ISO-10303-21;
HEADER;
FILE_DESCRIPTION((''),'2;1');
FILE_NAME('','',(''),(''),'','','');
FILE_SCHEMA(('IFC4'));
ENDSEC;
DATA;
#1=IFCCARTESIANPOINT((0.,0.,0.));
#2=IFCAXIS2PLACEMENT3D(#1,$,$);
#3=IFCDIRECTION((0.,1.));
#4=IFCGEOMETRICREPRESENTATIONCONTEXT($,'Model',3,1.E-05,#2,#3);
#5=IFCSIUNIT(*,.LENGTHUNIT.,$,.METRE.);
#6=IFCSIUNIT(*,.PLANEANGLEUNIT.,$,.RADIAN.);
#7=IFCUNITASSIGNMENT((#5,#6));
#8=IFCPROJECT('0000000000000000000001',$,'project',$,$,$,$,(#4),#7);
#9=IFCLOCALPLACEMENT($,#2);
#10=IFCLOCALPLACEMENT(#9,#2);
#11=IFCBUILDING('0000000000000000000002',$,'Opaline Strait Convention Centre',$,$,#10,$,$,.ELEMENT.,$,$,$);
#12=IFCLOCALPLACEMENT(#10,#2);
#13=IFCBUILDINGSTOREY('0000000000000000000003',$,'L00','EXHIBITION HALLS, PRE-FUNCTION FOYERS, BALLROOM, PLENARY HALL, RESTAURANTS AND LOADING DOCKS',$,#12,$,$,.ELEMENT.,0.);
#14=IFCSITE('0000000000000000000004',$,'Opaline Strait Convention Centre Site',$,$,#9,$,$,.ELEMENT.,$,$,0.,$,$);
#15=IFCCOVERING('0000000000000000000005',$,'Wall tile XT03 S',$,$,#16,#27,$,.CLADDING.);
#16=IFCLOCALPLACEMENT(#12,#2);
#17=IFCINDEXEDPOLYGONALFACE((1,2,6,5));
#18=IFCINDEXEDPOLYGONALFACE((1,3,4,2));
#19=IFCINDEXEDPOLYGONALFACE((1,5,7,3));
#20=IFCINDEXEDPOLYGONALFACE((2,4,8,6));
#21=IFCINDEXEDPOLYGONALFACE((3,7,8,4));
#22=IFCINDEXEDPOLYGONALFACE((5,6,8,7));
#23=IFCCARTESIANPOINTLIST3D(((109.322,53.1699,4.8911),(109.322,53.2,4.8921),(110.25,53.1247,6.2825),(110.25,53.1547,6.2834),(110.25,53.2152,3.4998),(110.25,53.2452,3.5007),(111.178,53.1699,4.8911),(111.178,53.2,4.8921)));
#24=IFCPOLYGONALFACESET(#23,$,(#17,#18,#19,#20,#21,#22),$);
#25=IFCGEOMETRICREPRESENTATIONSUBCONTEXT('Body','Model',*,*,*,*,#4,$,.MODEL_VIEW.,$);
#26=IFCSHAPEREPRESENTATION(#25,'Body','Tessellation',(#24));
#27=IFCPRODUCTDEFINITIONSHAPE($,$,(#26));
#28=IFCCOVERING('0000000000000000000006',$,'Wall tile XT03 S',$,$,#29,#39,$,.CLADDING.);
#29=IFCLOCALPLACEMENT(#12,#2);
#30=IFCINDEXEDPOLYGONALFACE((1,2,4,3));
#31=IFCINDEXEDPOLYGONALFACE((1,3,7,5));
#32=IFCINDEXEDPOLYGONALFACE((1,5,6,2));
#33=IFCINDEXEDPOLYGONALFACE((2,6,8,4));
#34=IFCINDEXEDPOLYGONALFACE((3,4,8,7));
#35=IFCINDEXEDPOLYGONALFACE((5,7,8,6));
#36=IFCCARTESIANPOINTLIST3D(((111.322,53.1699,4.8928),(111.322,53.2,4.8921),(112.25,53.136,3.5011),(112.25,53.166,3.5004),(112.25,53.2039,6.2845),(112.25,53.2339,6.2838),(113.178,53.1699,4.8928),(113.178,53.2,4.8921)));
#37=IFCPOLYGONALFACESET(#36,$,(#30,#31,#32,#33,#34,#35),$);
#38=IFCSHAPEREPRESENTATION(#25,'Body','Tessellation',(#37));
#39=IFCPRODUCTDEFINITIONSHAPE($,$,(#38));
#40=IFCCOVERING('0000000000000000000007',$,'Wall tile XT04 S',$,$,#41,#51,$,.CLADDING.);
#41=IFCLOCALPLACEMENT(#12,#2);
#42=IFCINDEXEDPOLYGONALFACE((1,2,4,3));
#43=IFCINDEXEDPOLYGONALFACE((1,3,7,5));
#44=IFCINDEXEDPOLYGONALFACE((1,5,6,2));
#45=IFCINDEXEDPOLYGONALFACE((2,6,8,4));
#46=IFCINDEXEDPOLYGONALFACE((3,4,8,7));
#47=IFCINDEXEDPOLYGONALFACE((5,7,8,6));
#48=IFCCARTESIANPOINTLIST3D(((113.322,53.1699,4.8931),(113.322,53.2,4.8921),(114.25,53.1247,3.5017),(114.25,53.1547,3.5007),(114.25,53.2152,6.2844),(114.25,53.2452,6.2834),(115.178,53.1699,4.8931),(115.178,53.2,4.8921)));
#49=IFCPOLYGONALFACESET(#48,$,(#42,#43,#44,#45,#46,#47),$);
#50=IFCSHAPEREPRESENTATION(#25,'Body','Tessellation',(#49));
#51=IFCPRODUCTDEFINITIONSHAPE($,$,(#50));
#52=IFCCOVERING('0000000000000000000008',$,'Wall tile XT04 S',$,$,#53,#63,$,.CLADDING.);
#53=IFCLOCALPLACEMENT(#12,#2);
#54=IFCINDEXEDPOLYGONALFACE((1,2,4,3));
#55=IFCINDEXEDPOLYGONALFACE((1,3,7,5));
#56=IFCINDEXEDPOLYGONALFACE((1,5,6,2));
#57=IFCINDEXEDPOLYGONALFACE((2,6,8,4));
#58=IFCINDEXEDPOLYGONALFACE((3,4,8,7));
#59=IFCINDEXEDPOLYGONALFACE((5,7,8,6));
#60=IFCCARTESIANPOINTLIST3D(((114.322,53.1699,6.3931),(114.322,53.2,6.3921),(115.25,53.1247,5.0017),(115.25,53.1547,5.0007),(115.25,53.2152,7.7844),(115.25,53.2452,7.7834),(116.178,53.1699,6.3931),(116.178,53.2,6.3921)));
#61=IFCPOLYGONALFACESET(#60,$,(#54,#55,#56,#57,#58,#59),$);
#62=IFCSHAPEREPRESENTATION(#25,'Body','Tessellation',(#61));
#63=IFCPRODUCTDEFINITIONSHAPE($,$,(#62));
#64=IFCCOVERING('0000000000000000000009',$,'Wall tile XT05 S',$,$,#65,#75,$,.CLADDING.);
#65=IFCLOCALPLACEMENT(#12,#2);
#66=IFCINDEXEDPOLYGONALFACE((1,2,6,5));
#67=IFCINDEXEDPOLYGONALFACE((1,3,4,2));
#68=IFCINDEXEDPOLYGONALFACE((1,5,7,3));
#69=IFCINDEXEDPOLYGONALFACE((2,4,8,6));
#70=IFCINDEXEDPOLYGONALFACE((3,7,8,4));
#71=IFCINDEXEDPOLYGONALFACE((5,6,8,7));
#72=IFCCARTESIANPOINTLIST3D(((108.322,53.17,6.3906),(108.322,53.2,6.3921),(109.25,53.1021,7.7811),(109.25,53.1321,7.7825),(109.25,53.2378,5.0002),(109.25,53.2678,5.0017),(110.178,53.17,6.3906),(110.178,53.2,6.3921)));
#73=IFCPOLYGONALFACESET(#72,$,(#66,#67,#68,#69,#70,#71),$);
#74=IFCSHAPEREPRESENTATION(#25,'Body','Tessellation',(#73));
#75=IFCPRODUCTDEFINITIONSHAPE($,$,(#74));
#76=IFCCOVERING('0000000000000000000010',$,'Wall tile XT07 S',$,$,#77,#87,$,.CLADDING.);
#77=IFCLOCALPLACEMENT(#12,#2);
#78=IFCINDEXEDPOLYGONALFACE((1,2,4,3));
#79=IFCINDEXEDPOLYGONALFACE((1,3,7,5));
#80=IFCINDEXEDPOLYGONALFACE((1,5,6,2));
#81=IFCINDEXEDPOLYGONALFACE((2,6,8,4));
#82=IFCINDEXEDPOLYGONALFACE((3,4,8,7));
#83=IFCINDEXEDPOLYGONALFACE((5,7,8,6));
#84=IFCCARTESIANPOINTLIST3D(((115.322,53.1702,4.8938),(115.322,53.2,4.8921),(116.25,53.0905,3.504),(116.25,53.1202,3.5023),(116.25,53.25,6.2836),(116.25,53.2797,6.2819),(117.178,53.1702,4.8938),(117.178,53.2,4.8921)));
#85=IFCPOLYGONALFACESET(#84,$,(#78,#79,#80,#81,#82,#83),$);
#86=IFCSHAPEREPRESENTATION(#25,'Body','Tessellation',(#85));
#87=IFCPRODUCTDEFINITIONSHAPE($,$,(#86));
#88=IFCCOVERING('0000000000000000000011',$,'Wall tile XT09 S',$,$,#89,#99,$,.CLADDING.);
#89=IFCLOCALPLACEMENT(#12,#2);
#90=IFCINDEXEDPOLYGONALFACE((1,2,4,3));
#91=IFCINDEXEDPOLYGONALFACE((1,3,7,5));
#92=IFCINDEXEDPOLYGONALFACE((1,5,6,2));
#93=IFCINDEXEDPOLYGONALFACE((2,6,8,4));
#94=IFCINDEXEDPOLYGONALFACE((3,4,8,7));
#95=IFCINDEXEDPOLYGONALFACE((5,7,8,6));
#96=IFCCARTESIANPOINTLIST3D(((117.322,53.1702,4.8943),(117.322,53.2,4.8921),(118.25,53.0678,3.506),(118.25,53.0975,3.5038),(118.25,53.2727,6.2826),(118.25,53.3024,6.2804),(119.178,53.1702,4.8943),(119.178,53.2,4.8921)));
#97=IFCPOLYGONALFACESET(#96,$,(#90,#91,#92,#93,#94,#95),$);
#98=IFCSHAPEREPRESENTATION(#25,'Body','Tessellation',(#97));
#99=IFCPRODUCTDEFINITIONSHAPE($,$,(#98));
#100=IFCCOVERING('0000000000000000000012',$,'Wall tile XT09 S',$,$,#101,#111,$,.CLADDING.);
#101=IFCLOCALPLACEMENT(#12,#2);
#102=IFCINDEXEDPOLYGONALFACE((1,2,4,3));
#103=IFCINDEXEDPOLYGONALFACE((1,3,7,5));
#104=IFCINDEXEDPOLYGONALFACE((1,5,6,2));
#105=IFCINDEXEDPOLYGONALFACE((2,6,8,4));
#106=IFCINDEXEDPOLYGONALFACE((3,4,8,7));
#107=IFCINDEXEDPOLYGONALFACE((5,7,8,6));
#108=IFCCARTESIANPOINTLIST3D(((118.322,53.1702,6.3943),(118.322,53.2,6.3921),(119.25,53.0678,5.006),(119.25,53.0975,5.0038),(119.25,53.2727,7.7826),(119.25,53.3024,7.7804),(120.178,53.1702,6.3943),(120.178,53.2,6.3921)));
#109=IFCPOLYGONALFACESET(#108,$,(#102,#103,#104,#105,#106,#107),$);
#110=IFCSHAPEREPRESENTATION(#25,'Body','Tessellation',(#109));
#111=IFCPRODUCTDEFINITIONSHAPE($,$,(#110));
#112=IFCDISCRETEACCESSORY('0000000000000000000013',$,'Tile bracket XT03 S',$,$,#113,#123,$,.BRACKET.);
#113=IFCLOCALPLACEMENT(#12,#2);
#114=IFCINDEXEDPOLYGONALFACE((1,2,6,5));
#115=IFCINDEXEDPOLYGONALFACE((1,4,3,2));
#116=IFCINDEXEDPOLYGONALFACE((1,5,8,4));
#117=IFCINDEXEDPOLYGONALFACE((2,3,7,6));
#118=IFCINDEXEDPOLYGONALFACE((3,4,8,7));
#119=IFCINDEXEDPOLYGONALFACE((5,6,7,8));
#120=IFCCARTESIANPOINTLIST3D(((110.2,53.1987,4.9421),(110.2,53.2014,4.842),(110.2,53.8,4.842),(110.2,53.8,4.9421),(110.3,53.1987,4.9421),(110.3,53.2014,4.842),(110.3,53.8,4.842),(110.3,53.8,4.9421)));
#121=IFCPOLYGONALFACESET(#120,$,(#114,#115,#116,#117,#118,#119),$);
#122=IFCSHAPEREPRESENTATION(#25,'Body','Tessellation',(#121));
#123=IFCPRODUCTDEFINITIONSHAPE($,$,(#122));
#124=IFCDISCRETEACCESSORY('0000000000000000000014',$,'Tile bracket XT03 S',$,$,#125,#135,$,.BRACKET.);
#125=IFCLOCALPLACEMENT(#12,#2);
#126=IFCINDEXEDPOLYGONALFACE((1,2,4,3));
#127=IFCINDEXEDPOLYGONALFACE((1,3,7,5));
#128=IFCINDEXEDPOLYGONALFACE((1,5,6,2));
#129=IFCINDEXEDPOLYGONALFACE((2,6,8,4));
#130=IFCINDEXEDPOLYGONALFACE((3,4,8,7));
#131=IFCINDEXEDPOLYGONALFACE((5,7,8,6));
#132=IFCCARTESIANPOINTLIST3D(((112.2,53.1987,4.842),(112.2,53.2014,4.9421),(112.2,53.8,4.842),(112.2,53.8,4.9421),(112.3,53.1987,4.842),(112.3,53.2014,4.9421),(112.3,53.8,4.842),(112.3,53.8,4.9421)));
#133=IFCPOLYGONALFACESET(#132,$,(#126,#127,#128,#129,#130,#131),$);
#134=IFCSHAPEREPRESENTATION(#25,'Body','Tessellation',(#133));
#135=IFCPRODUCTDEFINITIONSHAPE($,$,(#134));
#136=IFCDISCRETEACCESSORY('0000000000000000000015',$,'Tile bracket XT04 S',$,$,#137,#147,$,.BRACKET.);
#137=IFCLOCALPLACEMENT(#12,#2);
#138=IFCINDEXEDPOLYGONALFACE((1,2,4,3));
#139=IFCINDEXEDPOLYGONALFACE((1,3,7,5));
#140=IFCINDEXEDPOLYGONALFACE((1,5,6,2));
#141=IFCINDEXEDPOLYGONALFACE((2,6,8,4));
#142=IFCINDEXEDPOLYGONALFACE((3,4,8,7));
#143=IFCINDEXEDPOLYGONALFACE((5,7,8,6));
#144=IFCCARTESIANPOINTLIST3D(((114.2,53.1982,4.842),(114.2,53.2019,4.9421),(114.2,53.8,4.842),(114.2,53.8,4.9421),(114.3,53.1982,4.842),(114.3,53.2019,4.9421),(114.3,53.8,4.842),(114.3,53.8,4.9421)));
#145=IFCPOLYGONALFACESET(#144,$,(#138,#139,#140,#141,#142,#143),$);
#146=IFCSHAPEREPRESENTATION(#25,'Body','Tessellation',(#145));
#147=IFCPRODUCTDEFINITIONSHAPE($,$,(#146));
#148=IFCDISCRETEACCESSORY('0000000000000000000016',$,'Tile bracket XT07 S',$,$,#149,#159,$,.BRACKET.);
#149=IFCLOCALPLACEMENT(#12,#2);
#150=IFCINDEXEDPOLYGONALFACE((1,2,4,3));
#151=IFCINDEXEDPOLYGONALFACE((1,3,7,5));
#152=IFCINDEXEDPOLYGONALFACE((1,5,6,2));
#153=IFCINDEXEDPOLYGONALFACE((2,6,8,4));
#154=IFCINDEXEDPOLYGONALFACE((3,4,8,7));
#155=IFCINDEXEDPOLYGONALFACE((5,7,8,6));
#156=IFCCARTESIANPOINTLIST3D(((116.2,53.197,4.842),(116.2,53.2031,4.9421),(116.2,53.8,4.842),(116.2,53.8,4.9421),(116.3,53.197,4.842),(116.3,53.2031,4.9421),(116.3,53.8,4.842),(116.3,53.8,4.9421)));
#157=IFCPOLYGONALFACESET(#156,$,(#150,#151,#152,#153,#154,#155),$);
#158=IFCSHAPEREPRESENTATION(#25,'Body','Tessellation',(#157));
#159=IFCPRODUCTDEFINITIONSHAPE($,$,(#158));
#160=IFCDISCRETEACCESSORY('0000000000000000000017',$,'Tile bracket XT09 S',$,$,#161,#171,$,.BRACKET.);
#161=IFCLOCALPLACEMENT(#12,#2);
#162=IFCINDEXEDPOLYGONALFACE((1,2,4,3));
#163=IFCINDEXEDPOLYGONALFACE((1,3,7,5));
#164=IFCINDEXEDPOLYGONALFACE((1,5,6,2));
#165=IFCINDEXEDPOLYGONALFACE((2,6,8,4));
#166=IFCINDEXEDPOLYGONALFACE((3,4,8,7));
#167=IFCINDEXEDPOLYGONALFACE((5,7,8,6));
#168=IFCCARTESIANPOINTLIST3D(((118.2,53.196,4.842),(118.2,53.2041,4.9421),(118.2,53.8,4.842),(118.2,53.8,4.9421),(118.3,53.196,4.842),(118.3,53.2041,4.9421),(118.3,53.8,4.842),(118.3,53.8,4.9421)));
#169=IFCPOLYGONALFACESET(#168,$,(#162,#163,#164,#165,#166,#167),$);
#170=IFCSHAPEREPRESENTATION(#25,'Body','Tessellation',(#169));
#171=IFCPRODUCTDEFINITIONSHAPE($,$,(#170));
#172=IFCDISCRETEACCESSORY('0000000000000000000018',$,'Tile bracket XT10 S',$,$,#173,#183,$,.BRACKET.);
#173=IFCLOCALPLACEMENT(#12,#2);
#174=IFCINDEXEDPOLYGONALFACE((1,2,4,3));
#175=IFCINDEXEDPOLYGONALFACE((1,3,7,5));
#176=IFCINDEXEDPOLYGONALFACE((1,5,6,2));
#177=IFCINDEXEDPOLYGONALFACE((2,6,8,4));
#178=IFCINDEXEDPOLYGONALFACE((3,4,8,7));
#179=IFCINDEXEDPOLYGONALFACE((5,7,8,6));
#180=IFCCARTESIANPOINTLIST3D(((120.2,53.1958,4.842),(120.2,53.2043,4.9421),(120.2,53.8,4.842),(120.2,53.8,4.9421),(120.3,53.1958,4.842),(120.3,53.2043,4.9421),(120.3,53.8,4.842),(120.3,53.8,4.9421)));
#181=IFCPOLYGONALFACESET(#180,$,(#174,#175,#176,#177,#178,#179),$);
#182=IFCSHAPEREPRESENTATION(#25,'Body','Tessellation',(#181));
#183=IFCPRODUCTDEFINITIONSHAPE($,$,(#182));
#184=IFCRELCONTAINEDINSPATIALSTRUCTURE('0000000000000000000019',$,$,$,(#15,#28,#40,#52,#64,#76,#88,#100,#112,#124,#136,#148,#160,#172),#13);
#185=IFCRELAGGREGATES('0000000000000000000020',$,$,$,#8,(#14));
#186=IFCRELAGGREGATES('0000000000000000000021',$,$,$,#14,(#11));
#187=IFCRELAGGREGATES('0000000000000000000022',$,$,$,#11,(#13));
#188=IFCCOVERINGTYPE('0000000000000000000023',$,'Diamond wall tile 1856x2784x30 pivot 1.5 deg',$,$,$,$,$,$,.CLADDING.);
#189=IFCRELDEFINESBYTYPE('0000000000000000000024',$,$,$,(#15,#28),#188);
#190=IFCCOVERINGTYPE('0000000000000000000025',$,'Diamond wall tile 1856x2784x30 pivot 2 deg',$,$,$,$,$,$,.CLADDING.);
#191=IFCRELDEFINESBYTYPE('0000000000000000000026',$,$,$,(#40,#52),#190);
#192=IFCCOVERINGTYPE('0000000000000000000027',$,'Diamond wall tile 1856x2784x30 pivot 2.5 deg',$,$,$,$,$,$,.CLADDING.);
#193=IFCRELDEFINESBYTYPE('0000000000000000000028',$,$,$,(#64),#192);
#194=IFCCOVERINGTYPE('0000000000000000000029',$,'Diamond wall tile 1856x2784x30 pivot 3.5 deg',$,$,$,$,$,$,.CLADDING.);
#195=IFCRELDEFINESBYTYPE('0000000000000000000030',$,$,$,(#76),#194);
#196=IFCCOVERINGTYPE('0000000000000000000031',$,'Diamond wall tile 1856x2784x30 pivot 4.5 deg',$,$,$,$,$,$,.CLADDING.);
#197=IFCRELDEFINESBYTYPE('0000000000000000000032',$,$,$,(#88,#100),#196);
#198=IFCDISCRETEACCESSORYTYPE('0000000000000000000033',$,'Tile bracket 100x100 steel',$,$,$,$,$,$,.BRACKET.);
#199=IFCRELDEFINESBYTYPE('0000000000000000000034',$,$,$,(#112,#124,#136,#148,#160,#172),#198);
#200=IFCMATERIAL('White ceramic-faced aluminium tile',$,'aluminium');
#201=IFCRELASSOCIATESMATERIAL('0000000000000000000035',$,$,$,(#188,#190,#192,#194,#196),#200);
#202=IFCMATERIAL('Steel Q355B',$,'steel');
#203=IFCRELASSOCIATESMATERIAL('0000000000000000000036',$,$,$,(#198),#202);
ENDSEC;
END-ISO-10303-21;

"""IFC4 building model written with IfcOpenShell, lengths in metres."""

from ifc_helpers import new_model, si_unit, direction, frame, origin, place, context, subcontext, project, spatial, polyline, outline, extrude, material, material_profile, profile_set, type_object, element, save


model = new_model("IFC4")

# Units and contexts
model_context = context("Model", 3, precision=1e-05, world=origin(), true_north=direction((0.0, 1.0)))
body_context = subcontext(model_context, "Body", "Model", "MODEL_VIEW")
ifc_project = project(units=[si_unit("LENGTHUNIT", "METRE"), si_unit("PLANEANGLEUNIT", "RADIAN")], contexts=[model_context])

# Site, building, storey
site_placement = place(None, origin())
site = spatial("IfcSite", under=ifc_project, at=site_placement, Name="Opaline Strait Convention Centre Site", CompositionType="ELEMENT", RefElevation=0.0)
building_placement = place(site_placement, origin())
building = spatial("IfcBuilding", under=site, at=building_placement, Name="Opaline Strait Convention Centre", CompositionType="ELEMENT")
storey_placement = place(building_placement, origin())
storey = spatial("IfcBuildingStorey", under=building, at=storey_placement, Name="L00", Description="EXHIBITION HALLS, PRE-FUNCTION FOYERS, BALLROOM, PLENARY HALL, RESTAURANTS AND LOADING DOCKS", CompositionType="ELEMENT", Elevation=0.0)

# Shared definitions
ifc_material_1 = material(Name="Steel Q355B", Category="steel")

# Coverings
ifc_material_2 = material(Name="White ceramic-faced aluminium tile", Category="aluminium")
ifc_material_profile_1 = material_profile(ifc_material_2, outline(polyline([(0.928, 0.0), (0.0, 1.3921), (-0.928, 0.0), (0.0, -1.3921), (0.928, 0.0)])), Name="Diamond tile 1856x2784")
ifc_profile_set_1 = profile_set([ifc_material_profile_1], Name="White ceramic-faced aluminium tile")
covering_type_1 = type_object("IfcCoveringType", Name="Diamond wall tile 1856x2784x30 pivot 1.5 deg", PredefinedType="CLADDING", material=ifc_profile_set_1)
for number, where, z_axis, x_axis, name in (
    (1, (110.25, 53.2, 4.8921), (0.0, -0.999472, -0.032503), (1.0, 0.0, 0.0), "Wall tile XT03 S"),
    (2, (112.25, 53.2, 4.8921), (0.0, -0.999703, 0.024383), (1.0, 0.0, 0.0), "Wall tile XT03 S"),
):
    element("IfcCovering", number, at=place(storey_placement, frame(where, z_axis=z_axis, x_axis=x_axis)), inside=storey, type_object=covering_type_1, Name=name, PredefinedType="CLADDING", context=body_context, shape_type="SweptSolid", body=[
        extrude(outline(polyline([(0.928, 0.0), (0.0, 1.3921), (-0.928, 0.0), (0.0, -1.3921), (0.928, 0.0)])), origin(), (0.0, 0.0, 1.0), 0.03),
    ])
ifc_material_profile_2 = material_profile(ifc_material_2, outline(polyline([(0.928, 0.0), (0.0, 1.3921), (-0.928, 0.0), (0.0, -1.3921), (0.928, 0.0)])), Name="Diamond tile 1856x2784")
ifc_profile_set_2 = profile_set([ifc_material_profile_2], Name="White ceramic-faced aluminium tile")
covering_type_2 = type_object("IfcCoveringType", Name="Diamond wall tile 1856x2784x30 pivot 2 deg", PredefinedType="CLADDING", material=ifc_profile_set_2)
for number, where, z_axis, x_axis, name in (
    (3, (114.25, 53.2, 4.8921), (0.0, -0.999472, 0.032503), (1.0, 0.0, 0.0), "Wall tile XT04 S"),
    (4, (115.25, 53.2, 6.3921), (0.0, -0.999472, 0.032503), (1.0, 0.0, 0.0), "Wall tile XT04 S"),
):
    element("IfcCovering", number, at=place(storey_placement, frame(where, z_axis=z_axis, x_axis=x_axis)), inside=storey, type_object=covering_type_2, Name=name, PredefinedType="CLADDING", context=body_context, shape_type="SweptSolid", body=[
        extrude(outline(polyline([(0.928, 0.0), (0.0, 1.3921), (-0.928, 0.0), (0.0, -1.3921), (0.928, 0.0)])), origin(), (0.0, 0.0, 1.0), 0.03),
    ])
ifc_material_profile_3 = material_profile(ifc_material_2, outline(polyline([(0.928, 0.0), (0.0, 1.3921), (-0.928, 0.0), (0.0, -1.3921), (0.928, 0.0)])), Name="Diamond tile 1856x2784")
ifc_profile_set_3 = profile_set([ifc_material_profile_3], Name="White ceramic-faced aluminium tile")
covering_type_3 = type_object("IfcCoveringType", Name="Diamond wall tile 1856x2784x30 pivot 2.5 deg", PredefinedType="CLADDING", material=ifc_profile_set_3)
covering_1_placement = place(storey_placement, frame((109.25, 53.2, 6.3921), z_axis=(0.0, -0.998812, -0.048723), x_axis=(1.0, 0.0, 0.0)))
element("IfcCovering", 5, at=covering_1_placement, inside=storey, type_object=covering_type_3, Name="Wall tile XT05 S", PredefinedType="CLADDING", context=body_context, shape_type="SweptSolid", body=[
    extrude(outline(polyline([(0.928, 0.0), (0.0, 1.3921), (-0.928, 0.0), (0.0, -1.3921), (0.928, 0.0)])), origin(), (0.0, 0.0, 1.0), 0.03),
])
ifc_material_profile_4 = material_profile(ifc_material_2, outline(polyline([(0.928, 0.0), (0.0, 1.3921), (-0.928, 0.0), (0.0, -1.3921), (0.928, 0.0)])), Name="Diamond tile 1856x2784")
ifc_profile_set_4 = profile_set([ifc_material_profile_4], Name="White ceramic-faced aluminium tile")
covering_type_4 = type_object("IfcCoveringType", Name="Diamond wall tile 1856x2784x30 pivot 3.5 deg", PredefinedType="CLADDING", material=ifc_profile_set_4)
covering_2_placement = place(storey_placement, frame((116.25, 53.2, 4.8921), z_axis=(0.0, -0.998358, 0.057283), x_axis=(1.0, 0.0, 0.0)))
element("IfcCovering", 6, at=covering_2_placement, inside=storey, type_object=covering_type_4, Name="Wall tile XT07 S", PredefinedType="CLADDING", context=body_context, shape_type="SweptSolid", body=[
    extrude(outline(polyline([(0.928, 0.0), (0.0, 1.3921), (-0.928, 0.0), (0.0, -1.3921), (0.928, 0.0)])), origin(), (0.0, 0.0, 1.0), 0.0298),
])
ifc_material_profile_5 = material_profile(ifc_material_2, outline(polyline([(0.928, 0.0), (0.0, 1.3921), (-0.928, 0.0), (0.0, -1.3921), (0.928, 0.0)])), Name="Diamond tile 1856x2784")
ifc_profile_set_5 = profile_set([ifc_material_profile_5], Name="White ceramic-faced aluminium tile")
covering_type_5 = type_object("IfcCoveringType", Name="Diamond wall tile 1856x2784x30 pivot 4.5 deg", PredefinedType="CLADDING", material=ifc_profile_set_5)
for number, where, z_axis, x_axis, name in (
    (7, (118.25, 53.2, 4.8921), (0.0, -0.99729, 0.073571), (1.0, 0.0, 0.0), "Wall tile XT09 S"),
    (8, (119.25, 53.2, 6.3921), (0.0, -0.99729, 0.073571), (1.0, 0.0, 0.0), "Wall tile XT09 S"),
):
    element("IfcCovering", number, at=place(storey_placement, frame(where, z_axis=z_axis, x_axis=x_axis)), inside=storey, type_object=covering_type_5, Name=name, PredefinedType="CLADDING", context=body_context, shape_type="SweptSolid", body=[
        extrude(outline(polyline([(0.928, 0.0), (0.0, 1.3921), (-0.928, 0.0), (0.0, -1.3921), (0.928, 0.0)])), origin(), (0.0, 0.0, 1.0), 0.0298),
    ])

# Discrete accessories
discrete_accessory_type = type_object("IfcDiscreteAccessoryType", Name="Tile bracket 100x100 steel", PredefinedType="BRACKET", material=ifc_material_1)
discrete_accessory_1_placement = place(storey_placement, frame((110.2, 53.8, 4.8921), z_axis=(1.0, 0.0, 0.0), x_axis=(0.0, 1.0, 0.0)))
element("IfcDiscreteAccessory", 9, at=discrete_accessory_1_placement, inside=storey, type_object=discrete_accessory_type, Name="Tile bracket XT03 S", PredefinedType="BRACKET", context=body_context, shape_type="SweptSolid", body=[
    extrude(outline(polyline([(0.0, -0.05), (0.0, 0.05), (-0.6013, 0.05), (-0.5986, -0.05), (0.0, -0.05)])), origin(), (0.0, 0.0, 1.0), 0.1001),
])
discrete_accessory_2_placement = place(storey_placement, frame((112.2, 53.8, 4.8921), z_axis=(1.0, 0.0, 0.0), x_axis=(0.0, 1.0, 0.0)))
element("IfcDiscreteAccessory", 10, at=discrete_accessory_2_placement, inside=storey, type_object=discrete_accessory_type, Name="Tile bracket XT03 S", PredefinedType="BRACKET", context=body_context, shape_type="SweptSolid", body=[
    extrude(outline(polyline([(0.0, -0.05), (0.0, 0.05), (-0.5986, 0.05), (-0.6013, -0.05), (0.0, -0.05)])), origin(), (0.0, 0.0, 1.0), 0.1001),
])
discrete_accessory_3_placement = place(storey_placement, frame((114.2, 53.8, 4.8921), z_axis=(1.0, 0.0, 0.0), x_axis=(0.0, 1.0, 0.0)))
element("IfcDiscreteAccessory", 11, at=discrete_accessory_3_placement, inside=storey, type_object=discrete_accessory_type, Name="Tile bracket XT04 S", PredefinedType="BRACKET", context=body_context, shape_type="SweptSolid", body=[
    extrude(outline(polyline([(0.0, -0.05), (0.0, 0.05), (-0.5981, 0.05), (-0.6018, -0.05), (0.0, -0.05)])), origin(), (0.0, 0.0, 1.0), 0.1001),
])
discrete_accessory_4_placement = place(storey_placement, frame((116.2, 53.8, 4.8921), z_axis=(1.0, 0.0, 0.0), x_axis=(0.0, 1.0, 0.0)))
element("IfcDiscreteAccessory", 12, at=discrete_accessory_4_placement, inside=storey, type_object=discrete_accessory_type, Name="Tile bracket XT07 S", PredefinedType="BRACKET", context=body_context, shape_type="SweptSolid", body=[
    extrude(outline(polyline([(0.0, -0.05), (0.0, 0.05), (-0.5969, 0.05), (-0.603, -0.05), (0.0, -0.05)])), origin(), (0.0, 0.0, 1.0), 0.1001),
])
discrete_accessory_5_placement = place(storey_placement, frame((118.2, 53.8, 4.8921), z_axis=(1.0, 0.0, 0.0), x_axis=(0.0, 1.0, 0.0)))
element("IfcDiscreteAccessory", 13, at=discrete_accessory_5_placement, inside=storey, type_object=discrete_accessory_type, Name="Tile bracket XT09 S", PredefinedType="BRACKET", context=body_context, shape_type="SweptSolid", body=[
    extrude(outline(polyline([(0.0, -0.05), (0.0, 0.05), (-0.5959, 0.05), (-0.604, -0.05), (0.0, -0.05)])), origin(), (0.0, 0.0, 1.0), 0.1001),
])
discrete_accessory_6_placement = place(storey_placement, frame((120.2, 53.8, 4.8921), z_axis=(1.0, 0.0, 0.0), x_axis=(0.0, 1.0, 0.0)))
element("IfcDiscreteAccessory", 14, at=discrete_accessory_6_placement, inside=storey, type_object=discrete_accessory_type, Name="Tile bracket XT10 S", PredefinedType="BRACKET", context=body_context, shape_type="SweptSolid", body=[
    extrude(outline(polyline([(0.0, -0.05), (0.0, 0.05), (-0.5957, 0.05), (-0.6042, -0.05), (0.0, -0.05)])), origin(), (0.0, 0.0, 1.0), 0.1001),
])

save(model, "model.ifc")
